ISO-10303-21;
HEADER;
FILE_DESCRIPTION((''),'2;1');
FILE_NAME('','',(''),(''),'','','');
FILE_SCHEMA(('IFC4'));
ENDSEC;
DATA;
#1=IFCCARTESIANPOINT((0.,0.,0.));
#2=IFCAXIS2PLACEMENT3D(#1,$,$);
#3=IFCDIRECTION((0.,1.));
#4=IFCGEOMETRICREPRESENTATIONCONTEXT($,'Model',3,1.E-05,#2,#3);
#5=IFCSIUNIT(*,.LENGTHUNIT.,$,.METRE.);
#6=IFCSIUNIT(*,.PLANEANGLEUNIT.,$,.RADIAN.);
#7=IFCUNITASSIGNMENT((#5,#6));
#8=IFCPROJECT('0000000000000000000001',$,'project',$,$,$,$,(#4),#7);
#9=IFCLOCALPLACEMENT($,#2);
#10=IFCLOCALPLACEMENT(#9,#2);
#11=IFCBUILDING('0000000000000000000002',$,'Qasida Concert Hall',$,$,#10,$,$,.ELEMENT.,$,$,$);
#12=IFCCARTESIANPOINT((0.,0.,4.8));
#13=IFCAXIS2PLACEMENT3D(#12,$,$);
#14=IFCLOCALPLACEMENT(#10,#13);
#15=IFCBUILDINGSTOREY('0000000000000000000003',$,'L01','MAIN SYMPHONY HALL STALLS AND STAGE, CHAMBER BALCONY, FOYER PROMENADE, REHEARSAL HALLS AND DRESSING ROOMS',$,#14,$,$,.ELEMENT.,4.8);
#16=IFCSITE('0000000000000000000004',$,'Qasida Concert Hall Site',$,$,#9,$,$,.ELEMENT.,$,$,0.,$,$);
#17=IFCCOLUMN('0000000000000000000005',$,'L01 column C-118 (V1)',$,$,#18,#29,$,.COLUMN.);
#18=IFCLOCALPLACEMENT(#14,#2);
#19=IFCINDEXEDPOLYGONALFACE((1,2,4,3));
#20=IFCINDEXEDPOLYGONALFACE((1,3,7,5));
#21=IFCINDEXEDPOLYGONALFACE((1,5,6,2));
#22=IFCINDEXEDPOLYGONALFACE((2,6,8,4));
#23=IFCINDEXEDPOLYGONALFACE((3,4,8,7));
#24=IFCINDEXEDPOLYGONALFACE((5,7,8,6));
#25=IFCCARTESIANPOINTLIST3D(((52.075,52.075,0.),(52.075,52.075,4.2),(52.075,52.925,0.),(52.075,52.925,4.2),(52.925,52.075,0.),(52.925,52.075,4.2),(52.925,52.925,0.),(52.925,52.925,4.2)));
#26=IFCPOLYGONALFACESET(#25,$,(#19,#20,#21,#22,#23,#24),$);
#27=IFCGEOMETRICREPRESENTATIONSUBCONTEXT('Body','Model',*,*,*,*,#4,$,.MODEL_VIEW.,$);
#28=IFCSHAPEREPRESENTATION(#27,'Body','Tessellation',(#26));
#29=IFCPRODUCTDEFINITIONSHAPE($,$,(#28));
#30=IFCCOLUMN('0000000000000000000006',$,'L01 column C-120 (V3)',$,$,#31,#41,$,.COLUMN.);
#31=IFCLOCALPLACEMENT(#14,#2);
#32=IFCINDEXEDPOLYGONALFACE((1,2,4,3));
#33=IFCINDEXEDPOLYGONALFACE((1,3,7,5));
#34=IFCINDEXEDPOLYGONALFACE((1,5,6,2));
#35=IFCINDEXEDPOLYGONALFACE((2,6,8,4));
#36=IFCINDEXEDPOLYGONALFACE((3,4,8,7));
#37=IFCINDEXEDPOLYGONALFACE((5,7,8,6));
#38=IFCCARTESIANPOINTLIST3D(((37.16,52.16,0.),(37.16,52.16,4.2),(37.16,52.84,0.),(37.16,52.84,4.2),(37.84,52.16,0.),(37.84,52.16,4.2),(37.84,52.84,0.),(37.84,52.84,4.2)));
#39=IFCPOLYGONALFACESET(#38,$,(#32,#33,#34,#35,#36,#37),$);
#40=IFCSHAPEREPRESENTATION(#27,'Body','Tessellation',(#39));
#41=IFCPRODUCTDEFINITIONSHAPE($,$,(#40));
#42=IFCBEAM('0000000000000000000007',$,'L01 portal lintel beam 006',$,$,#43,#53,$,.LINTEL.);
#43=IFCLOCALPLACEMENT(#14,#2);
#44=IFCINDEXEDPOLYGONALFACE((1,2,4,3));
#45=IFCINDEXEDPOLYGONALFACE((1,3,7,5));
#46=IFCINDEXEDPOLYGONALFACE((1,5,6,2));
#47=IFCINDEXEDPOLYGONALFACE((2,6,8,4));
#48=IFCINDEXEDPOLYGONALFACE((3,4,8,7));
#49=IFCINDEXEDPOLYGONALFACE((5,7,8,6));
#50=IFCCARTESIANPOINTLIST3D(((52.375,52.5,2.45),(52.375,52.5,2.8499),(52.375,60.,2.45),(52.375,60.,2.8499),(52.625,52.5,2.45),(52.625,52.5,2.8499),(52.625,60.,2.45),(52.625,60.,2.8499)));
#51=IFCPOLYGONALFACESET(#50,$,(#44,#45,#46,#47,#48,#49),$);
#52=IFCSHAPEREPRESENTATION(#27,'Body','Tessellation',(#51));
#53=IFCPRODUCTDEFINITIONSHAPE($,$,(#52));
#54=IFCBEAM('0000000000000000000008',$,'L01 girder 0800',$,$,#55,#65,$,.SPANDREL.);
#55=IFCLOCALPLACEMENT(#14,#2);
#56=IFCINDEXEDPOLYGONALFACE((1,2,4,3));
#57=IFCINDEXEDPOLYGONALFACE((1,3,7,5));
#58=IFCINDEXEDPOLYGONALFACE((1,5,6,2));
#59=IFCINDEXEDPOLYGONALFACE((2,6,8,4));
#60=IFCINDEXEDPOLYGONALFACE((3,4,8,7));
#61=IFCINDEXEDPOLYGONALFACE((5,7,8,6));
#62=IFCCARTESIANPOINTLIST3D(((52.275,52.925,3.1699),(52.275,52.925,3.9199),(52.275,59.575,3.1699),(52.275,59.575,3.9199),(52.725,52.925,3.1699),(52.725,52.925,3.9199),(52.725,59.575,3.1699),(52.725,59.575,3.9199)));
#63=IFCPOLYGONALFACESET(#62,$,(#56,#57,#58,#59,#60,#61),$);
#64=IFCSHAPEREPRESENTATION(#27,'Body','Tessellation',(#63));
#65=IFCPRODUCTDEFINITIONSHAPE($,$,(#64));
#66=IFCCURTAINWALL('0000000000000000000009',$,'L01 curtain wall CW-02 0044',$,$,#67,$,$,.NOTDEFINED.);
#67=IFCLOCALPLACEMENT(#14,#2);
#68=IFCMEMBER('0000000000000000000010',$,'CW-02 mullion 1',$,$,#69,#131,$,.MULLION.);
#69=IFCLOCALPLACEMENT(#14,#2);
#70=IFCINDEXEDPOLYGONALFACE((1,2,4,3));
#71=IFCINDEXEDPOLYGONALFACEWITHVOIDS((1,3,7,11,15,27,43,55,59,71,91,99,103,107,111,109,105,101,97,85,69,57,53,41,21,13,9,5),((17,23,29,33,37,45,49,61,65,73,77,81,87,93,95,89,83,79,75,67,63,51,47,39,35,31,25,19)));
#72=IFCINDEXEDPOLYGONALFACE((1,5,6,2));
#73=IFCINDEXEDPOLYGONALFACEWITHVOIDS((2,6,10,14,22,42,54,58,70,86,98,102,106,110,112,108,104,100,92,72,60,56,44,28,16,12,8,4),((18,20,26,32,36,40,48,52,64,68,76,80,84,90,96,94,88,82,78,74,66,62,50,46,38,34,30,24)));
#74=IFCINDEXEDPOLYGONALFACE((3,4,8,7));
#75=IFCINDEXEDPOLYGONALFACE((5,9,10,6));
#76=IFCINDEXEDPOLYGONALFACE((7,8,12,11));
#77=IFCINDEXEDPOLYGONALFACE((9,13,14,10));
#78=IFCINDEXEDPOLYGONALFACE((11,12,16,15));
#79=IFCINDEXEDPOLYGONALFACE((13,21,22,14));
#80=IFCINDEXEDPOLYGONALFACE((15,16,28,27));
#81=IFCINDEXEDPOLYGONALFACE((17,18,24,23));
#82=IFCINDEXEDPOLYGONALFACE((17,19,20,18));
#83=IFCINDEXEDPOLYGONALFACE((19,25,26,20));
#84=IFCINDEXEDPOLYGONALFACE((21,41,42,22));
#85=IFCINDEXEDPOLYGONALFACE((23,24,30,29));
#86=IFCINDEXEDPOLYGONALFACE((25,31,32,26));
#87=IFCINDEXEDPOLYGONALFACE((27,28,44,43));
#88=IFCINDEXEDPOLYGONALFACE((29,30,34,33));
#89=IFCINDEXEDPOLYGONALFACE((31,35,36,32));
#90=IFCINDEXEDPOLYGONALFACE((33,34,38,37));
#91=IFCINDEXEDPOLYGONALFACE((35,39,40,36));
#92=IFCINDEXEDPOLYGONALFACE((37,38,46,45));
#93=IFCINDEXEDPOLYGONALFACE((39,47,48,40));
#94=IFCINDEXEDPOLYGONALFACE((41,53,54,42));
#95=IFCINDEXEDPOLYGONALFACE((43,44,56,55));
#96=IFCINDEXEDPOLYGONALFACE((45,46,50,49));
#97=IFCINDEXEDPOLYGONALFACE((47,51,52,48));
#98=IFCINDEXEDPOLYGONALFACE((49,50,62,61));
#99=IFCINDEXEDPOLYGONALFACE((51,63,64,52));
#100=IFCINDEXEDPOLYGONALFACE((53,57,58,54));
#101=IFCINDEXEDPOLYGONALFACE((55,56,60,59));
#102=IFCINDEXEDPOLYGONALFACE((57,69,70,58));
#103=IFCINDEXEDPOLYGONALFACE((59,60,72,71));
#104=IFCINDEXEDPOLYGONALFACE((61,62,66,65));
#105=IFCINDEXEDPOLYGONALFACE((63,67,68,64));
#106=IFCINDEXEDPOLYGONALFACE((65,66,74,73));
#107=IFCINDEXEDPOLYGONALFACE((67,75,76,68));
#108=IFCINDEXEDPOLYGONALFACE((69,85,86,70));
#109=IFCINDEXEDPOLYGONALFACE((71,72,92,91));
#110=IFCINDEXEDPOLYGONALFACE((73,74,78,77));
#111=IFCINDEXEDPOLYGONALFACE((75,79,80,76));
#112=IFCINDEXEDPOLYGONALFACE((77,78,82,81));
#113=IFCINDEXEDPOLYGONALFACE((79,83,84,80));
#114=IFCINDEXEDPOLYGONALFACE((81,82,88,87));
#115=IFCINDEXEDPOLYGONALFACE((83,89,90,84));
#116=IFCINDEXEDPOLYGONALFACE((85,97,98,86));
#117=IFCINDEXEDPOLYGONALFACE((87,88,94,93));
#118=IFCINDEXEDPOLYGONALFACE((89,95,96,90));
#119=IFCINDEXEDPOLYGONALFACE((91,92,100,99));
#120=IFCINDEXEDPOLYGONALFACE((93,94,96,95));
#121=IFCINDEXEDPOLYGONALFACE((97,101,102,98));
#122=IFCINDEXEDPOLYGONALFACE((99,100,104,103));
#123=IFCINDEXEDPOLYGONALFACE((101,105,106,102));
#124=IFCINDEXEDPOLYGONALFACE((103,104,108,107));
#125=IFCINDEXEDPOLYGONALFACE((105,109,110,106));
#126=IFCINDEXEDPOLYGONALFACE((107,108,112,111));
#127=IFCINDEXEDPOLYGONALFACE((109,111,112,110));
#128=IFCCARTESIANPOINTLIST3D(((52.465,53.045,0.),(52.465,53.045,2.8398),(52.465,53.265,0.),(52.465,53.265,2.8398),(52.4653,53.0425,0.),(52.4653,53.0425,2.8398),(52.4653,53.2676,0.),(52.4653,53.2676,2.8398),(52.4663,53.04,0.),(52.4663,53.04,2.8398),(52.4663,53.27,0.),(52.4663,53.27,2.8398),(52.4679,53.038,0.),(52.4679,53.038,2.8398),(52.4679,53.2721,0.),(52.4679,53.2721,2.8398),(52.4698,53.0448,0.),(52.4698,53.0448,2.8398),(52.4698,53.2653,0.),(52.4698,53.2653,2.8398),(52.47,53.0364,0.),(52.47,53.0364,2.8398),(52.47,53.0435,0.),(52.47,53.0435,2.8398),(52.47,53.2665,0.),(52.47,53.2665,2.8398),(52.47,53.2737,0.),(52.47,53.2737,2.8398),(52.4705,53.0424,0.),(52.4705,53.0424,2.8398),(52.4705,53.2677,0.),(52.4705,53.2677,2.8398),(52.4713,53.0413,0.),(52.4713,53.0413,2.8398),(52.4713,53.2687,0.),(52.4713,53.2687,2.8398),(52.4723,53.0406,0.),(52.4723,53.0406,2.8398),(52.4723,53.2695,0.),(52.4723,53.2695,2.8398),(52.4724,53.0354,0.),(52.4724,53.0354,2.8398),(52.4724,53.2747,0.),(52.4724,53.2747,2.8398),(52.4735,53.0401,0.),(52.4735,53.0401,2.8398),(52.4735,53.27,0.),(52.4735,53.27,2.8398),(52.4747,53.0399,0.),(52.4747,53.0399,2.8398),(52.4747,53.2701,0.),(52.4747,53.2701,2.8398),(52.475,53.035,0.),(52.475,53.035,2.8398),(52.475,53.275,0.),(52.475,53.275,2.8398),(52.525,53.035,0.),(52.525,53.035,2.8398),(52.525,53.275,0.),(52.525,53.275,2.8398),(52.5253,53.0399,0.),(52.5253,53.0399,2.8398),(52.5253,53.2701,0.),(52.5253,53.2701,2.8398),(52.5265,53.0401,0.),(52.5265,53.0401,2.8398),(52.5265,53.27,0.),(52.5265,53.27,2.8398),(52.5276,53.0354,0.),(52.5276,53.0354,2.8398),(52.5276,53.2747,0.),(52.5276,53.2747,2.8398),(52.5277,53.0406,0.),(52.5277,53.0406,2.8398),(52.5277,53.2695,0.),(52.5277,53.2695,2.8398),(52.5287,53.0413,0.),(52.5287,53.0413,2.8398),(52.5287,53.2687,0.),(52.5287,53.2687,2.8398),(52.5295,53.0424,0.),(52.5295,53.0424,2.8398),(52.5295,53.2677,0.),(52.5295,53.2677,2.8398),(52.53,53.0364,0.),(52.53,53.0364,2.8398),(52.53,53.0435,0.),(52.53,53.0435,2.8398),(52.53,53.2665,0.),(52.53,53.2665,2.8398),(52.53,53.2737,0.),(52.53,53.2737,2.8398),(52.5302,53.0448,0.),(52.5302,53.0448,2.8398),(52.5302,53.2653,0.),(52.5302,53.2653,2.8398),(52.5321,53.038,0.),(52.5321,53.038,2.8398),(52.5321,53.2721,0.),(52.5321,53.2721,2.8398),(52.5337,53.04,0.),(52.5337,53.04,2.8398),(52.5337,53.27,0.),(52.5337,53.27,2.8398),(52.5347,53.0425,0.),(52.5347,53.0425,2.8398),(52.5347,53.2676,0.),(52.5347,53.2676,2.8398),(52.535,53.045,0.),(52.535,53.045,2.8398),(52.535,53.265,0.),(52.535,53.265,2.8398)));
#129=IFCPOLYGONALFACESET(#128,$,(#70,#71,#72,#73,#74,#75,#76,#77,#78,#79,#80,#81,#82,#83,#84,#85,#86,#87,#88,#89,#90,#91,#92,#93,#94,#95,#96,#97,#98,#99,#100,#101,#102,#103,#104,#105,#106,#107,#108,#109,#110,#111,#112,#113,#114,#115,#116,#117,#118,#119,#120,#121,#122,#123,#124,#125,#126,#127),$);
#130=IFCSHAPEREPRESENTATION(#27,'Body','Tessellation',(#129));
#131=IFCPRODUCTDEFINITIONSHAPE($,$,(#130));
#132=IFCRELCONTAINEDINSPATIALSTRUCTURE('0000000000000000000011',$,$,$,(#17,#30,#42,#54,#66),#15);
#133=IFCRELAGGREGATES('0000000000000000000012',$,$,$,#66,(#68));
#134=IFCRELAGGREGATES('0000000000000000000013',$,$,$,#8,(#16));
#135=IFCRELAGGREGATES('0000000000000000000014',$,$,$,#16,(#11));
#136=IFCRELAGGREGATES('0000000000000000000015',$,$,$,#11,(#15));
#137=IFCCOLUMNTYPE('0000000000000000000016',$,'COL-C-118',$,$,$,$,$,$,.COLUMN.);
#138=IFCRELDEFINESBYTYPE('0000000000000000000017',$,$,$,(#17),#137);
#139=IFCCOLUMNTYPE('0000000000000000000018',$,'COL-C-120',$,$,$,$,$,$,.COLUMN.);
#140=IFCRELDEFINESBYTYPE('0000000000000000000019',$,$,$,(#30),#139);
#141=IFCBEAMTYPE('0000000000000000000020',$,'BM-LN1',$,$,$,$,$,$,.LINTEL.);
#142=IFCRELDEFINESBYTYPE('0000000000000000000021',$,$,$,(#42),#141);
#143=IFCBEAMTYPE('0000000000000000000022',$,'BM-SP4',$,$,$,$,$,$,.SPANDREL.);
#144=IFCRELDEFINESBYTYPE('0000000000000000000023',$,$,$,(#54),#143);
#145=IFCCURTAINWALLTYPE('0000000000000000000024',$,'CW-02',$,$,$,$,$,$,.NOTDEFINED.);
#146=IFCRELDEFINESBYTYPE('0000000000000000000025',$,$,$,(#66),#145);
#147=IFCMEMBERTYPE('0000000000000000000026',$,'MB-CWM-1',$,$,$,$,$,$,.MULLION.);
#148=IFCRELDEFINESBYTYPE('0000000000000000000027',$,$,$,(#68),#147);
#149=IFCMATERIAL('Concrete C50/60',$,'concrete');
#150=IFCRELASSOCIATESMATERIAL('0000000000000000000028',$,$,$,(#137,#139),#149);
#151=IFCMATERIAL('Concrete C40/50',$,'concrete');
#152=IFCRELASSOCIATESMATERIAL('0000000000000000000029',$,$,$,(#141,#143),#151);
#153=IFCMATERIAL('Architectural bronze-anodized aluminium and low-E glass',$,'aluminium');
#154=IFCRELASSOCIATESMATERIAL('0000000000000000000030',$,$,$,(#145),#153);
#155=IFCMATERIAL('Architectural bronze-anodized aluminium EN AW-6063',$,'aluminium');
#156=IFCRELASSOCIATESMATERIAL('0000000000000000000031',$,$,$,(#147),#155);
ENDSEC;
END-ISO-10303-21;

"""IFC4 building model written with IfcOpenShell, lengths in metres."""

from ifc_helpers import new_model, si_unit, direction, frame, origin, origin_2d, place, context, subcontext, project, spatial, rectangle, hollow_rectangle, extrude, material, material_profile, profile_set, type_object, element, aggregate, save


model = new_model("IFC4")

# Units and contexts
model_context = context("Model", 3, precision=1e-05, world=origin(), true_north=direction((0.0, 1.0)))
body_context = subcontext(model_context, "Body", "Model", "MODEL_VIEW")
ifc_project = project(units=[si_unit("LENGTHUNIT", "METRE"), si_unit("PLANEANGLEUNIT", "RADIAN")], contexts=[model_context])

# Site, building, storey
site_placement = place(None, origin())
site = spatial("IfcSite", under=ifc_project, at=site_placement, Name="Qasida Concert Hall Site", CompositionType="ELEMENT", RefElevation=0.0)
building_placement = place(site_placement, origin())
building = spatial("IfcBuilding", under=site, at=building_placement, Name="Qasida Concert Hall", CompositionType="ELEMENT")
storey_placement = place(building_placement, frame((0.0, 0.0, 4.8)))
storey = spatial("IfcBuildingStorey", under=building, at=storey_placement, Name="L01", Description="MAIN SYMPHONY HALL STALLS AND STAGE, CHAMBER BALCONY, FOYER PROMENADE, REHEARSAL HALLS AND DRESSING ROOMS", CompositionType="ELEMENT", Elevation=4.8)

# Columns
ifc_material_1 = material(Name="Concrete C50/60", Category="concrete")
ifc_material_profile_1 = material_profile(ifc_material_1, rectangle(XDim=0.8501, YDim=0.8501, at=origin_2d()), Name="RC 850x850")
ifc_profile_set_1 = profile_set([ifc_material_profile_1], Name="Concrete C50/60")
column_type_1 = type_object("IfcColumnType", Name="COL-C-118", PredefinedType="COLUMN", material=ifc_profile_set_1)
column_1_placement = place(storey_placement, frame((52.5, 52.5, 0.0), z_axis=(0.0, 0.0, 1.0), x_axis=(1.0, 0.0, 0.0)))
element("IfcColumn", 1, at=column_1_placement, inside=storey, type_object=column_type_1, Name="L01 column C-118 (V1)", PredefinedType="COLUMN", context=body_context, shape_type="SweptSolid", body=[
    extrude(rectangle(XDim=0.8501, YDim=0.8501, at=origin_2d()), origin(), (0.0, 0.0, 1.0), 4.2),
])
ifc_material_profile_2 = material_profile(ifc_material_1, rectangle(XDim=0.6799, YDim=0.6799, at=origin_2d()), Name="RC 680x680")
ifc_profile_set_2 = profile_set([ifc_material_profile_2], Name="Concrete C50/60")
column_type_2 = type_object("IfcColumnType", Name="COL-C-120", PredefinedType="COLUMN", material=ifc_profile_set_2)
column_2_placement = place(storey_placement, frame((37.5, 52.5, 0.0), z_axis=(0.0, 0.0, 1.0), x_axis=(1.0, 0.0, 0.0)))
element("IfcColumn", 2, at=column_2_placement, inside=storey, type_object=column_type_2, Name="L01 column C-120 (V3)", PredefinedType="COLUMN", context=body_context, shape_type="SweptSolid", body=[
    extrude(rectangle(XDim=0.6799, YDim=0.6799, at=origin_2d()), origin(), (0.0, 0.0, 1.0), 4.2),
])

# Beams
ifc_material_2 = material(Name="Concrete C40/50", Category="concrete")
ifc_material_profile_3 = material_profile(ifc_material_2, rectangle(XDim=0.25, YDim=0.3999, at=origin_2d()), Name="RC 250x400")
ifc_profile_set_3 = profile_set([ifc_material_profile_3], Name="Concrete C40/50")
beam_type_1 = type_object("IfcBeamType", Name="BM-LN1", PredefinedType="LINTEL", material=ifc_profile_set_3)
beam_1_placement = place(storey_placement, frame((52.5, 52.5, 2.6499), z_axis=(0.0, 1.0, 0.0), x_axis=(-1.0, 0.0, 0.0)))
element("IfcBeam", 3, at=beam_1_placement, inside=storey, type_object=beam_type_1, Name="L01 portal lintel beam 006", PredefinedType="LINTEL", context=body_context, shape_type="SweptSolid", body=[
    extrude(rectangle(XDim=0.25, YDim=0.3999, at=origin_2d()), origin(), (0.0, 0.0, 1.0), 7.5),
])
ifc_material_profile_4 = material_profile(ifc_material_2, rectangle(XDim=0.45, YDim=0.75, at=origin_2d()), Name="RC 450x750")
ifc_profile_set_4 = profile_set([ifc_material_profile_4], Name="Concrete C40/50")
beam_type_2 = type_object("IfcBeamType", Name="BM-SP4", PredefinedType="SPANDREL", material=ifc_profile_set_4)
beam_2_placement = place(storey_placement, frame((52.5, 52.925, 3.5449), z_axis=(0.0, 1.0, 0.0), x_axis=(-1.0, 0.0, 0.0)))
element("IfcBeam", 4, at=beam_2_placement, inside=storey, type_object=beam_type_2, Name="L01 girder 0800", PredefinedType="SPANDREL", context=body_context, shape_type="SweptSolid", body=[
    extrude(rectangle(XDim=0.45, YDim=0.75, at=origin_2d()), origin(), (0.0, 0.0, 1.0), 6.6499),
])

# Curtain wall, member
ifc_material_3 = material(Name="Architectural bronze-anodized aluminium and low-E glass", Category="aluminium")
curtain_wall_type_1 = type_object("IfcCurtainWallType", Name="CW-02", PredefinedType="NOTDEFINED", material=ifc_material_3)
curtain_wall_1_placement = place(storey_placement, origin())
curtain_wall_1 = element("IfcCurtainWall", 5, at=curtain_wall_1_placement, inside=storey, type_object=curtain_wall_type_1, Name="L01 curtain wall CW-02 0044", PredefinedType="NOTDEFINED")
ifc_material_4 = material(Name="Architectural bronze-anodized aluminium EN AW-6063", Category="aluminium")
ifc_material_profile_5 = material_profile(ifc_material_4, hollow_rectangle(XDim=0.0701, YDim=0.24, WallThickness=0.0049, InnerFilletRadius=0.0049, OuterFilletRadius=0.01, at=origin_2d()), Name="CWM 240x70x5")
ifc_profile_set_5 = profile_set([ifc_material_profile_5], Name="Architectural bronze-anodized aluminium EN AW-6063")
member_type_1 = type_object("IfcMemberType", Name="MB-CWM-1", PredefinedType="MULLION", material=ifc_profile_set_5)
member_1_placement = place(storey_placement, frame((52.5, 53.155, 0.0), z_axis=(0.0, 0.0, 1.0), x_axis=(-1.0, 0.0, 0.0)))
member_1 = element("IfcMember", 6, at=member_1_placement, type_object=member_type_1, Name="CW-02 mullion 1", PredefinedType="MULLION", context=body_context, shape_type="SweptSolid", body=[
    extrude(hollow_rectangle(XDim=0.0701, YDim=0.24, WallThickness=0.0049, InnerFilletRadius=0.0049, OuterFilletRadius=0.01, at=origin_2d()), origin(), (0.0, 0.0, 1.0), 2.8398),
])

aggregate(curtain_wall_1, [member_1])

save(model, "model.ifc")
